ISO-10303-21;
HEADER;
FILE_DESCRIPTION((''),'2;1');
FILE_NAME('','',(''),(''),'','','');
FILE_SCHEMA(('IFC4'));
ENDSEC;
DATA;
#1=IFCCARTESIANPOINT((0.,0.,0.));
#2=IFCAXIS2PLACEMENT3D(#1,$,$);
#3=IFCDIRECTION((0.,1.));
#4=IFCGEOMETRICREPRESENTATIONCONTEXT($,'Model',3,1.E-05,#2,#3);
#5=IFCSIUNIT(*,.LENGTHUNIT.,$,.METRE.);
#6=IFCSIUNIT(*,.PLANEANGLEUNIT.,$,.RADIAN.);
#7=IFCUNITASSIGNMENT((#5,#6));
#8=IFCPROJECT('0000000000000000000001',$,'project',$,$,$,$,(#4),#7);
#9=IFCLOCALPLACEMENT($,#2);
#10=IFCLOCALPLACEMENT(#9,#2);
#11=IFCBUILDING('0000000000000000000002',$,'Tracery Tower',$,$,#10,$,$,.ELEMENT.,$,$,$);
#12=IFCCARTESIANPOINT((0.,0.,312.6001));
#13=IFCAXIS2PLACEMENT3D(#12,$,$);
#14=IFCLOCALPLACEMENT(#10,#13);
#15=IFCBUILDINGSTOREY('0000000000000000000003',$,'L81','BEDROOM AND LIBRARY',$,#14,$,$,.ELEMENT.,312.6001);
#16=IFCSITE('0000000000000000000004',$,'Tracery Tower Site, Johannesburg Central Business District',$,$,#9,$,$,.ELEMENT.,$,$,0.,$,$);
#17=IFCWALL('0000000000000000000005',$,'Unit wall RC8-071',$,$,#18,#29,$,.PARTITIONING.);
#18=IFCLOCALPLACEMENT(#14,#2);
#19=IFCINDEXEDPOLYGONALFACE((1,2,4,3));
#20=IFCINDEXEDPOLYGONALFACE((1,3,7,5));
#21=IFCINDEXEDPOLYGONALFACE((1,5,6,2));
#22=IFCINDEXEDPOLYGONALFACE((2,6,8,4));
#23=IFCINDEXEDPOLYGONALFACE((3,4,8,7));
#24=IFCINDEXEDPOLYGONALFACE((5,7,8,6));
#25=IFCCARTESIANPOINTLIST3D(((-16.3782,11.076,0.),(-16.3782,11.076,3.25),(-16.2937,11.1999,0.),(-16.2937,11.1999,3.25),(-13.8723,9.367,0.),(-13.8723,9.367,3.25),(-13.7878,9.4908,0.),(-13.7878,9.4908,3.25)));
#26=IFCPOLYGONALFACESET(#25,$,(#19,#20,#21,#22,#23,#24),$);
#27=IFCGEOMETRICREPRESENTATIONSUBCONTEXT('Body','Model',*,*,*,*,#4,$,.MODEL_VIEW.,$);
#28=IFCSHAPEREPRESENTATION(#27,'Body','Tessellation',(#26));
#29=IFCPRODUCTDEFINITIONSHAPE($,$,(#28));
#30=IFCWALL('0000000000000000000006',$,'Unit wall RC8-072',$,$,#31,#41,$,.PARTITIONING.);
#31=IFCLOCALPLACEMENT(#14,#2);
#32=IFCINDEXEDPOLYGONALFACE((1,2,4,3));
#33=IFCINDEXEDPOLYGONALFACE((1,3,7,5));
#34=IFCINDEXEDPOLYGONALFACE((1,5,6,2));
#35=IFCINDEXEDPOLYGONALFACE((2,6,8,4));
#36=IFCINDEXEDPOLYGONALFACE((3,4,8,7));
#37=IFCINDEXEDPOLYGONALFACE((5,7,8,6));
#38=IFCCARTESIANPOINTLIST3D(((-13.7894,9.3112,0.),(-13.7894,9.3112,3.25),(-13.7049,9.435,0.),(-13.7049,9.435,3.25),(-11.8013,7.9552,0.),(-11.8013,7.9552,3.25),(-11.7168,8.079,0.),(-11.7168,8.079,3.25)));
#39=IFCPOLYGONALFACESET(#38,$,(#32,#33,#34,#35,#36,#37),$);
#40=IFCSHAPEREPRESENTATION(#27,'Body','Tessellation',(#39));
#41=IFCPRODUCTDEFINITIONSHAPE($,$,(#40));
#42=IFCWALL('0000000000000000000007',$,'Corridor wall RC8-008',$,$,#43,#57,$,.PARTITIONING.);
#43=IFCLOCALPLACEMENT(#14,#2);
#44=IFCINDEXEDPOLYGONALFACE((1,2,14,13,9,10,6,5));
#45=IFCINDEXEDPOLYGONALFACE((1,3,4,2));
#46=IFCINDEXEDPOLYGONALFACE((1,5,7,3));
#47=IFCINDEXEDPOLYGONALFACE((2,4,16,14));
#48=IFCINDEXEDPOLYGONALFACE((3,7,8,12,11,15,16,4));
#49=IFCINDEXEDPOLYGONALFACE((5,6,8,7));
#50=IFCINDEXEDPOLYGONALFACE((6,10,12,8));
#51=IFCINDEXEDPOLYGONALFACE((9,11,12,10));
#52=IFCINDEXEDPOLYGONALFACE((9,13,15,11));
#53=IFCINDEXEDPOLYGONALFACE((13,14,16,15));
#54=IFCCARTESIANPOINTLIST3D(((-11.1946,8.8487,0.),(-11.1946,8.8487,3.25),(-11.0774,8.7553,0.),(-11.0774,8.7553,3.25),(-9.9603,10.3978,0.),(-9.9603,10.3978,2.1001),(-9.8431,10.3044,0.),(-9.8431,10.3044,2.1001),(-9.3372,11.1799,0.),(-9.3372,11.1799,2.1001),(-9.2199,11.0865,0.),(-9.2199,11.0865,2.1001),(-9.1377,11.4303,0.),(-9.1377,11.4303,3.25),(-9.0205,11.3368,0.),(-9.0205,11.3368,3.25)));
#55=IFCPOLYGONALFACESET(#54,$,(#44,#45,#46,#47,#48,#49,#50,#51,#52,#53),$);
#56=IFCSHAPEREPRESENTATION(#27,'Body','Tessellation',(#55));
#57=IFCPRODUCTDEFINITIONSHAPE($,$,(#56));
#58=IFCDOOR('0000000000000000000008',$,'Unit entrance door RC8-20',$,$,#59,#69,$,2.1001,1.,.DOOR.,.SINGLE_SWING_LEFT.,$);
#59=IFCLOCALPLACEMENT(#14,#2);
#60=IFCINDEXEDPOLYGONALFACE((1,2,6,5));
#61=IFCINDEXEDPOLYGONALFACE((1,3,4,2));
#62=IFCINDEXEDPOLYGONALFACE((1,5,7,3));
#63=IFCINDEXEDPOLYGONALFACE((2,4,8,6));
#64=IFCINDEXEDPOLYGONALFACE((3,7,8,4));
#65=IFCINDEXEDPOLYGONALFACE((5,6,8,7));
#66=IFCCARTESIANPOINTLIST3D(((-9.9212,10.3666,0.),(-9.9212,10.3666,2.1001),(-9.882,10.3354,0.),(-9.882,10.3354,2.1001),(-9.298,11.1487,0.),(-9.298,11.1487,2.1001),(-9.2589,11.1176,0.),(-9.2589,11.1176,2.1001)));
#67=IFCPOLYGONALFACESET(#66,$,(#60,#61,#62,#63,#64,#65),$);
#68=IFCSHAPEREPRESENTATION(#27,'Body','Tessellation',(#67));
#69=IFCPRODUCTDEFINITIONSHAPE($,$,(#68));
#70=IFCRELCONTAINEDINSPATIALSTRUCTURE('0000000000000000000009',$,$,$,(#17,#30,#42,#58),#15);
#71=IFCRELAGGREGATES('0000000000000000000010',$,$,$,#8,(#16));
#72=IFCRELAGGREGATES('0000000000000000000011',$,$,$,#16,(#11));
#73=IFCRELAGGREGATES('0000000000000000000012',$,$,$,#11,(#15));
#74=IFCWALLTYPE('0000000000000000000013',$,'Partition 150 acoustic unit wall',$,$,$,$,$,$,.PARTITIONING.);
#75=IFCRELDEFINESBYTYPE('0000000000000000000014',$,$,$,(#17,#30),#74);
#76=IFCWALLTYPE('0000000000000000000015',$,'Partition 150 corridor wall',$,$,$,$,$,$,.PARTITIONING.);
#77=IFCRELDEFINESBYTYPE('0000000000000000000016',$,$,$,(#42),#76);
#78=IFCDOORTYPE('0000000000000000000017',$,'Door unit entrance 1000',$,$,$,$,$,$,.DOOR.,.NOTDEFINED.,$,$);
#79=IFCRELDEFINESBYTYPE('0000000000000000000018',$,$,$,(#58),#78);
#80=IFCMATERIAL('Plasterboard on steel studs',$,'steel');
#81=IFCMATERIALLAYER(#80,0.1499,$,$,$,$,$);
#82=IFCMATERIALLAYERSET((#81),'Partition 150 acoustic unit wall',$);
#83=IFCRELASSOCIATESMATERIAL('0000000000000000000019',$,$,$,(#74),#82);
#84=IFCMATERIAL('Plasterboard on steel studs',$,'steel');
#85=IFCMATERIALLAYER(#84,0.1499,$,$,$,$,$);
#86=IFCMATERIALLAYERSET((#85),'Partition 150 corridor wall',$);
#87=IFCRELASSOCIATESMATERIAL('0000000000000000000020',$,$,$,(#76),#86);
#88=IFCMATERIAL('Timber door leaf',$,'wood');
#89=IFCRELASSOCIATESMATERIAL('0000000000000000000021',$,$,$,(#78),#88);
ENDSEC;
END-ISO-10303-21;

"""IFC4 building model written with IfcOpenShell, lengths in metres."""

from ifc_helpers import new_model, si_unit, direction, frame, frame_2d, origin, place, context, subcontext, project, spatial, rectangle, extrude, material, layer, layer_set, type_object, element, fill, save


model = new_model("IFC4")

# Units and contexts
model_context = context("Model", 3, precision=1e-05, world=origin(), true_north=direction((0.0, 1.0)))
body_context = subcontext(model_context, "Body", "Model", "MODEL_VIEW")
ifc_project = project(units=[si_unit("LENGTHUNIT", "METRE"), si_unit("PLANEANGLEUNIT", "RADIAN")], contexts=[model_context])

# Site, building, storey
site_placement = place(None, origin())
site = spatial("IfcSite", under=ifc_project, at=site_placement, Name="Tracery Tower Site, Johannesburg Central Business District", CompositionType="ELEMENT", RefElevation=0.0)
building_placement = place(site_placement, origin())
building = spatial("IfcBuilding", under=site, at=building_placement, Name="Tracery Tower", CompositionType="ELEMENT")
storey_placement = place(building_placement, frame((0.0, 0.0, 312.6001)))
storey = spatial("IfcBuildingStorey", under=building, at=storey_placement, Name="L81", Description="BEDROOM AND LIBRARY", CompositionType="ELEMENT", Elevation=312.6001)

# Walls
ifc_material_1 = material(Name="Plasterboard on steel studs", Category="steel")
ifc_layer_1 = layer(ifc_material_1, 0.1499)
ifc_layer_set_1 = layer_set([ifc_layer_1], Name="Partition 150 acoustic unit wall")
wall_type_1 = type_object("IfcWallType", Name="Partition 150 acoustic unit wall", PredefinedType="PARTITIONING", material=ifc_layer_set_1)
wall_1_placement = place(storey_placement, frame((-16.3359, 11.1379, 0.0), z_axis=(0.0, 0.0, 1.0), x_axis=(0.826159, -0.563437, 0.0)))
element("IfcWall", 1, at=wall_1_placement, inside=storey, type_object=wall_type_1, Name="Unit wall RC8-071", PredefinedType="PARTITIONING", context=body_context, shape_type="SweptSolid", body=[
    extrude(rectangle(XDim=3.0332, YDim=0.1499, at=frame_2d((1.5166, 0.0))), origin(), (0.0, 0.0, 1.0), 3.25),
])
wall_2_placement = place(storey_placement, frame((-13.7471, 9.373, 0.0), z_axis=(0.0, 0.0, 1.0), x_axis=(0.826135, -0.563472, 0.0)))
element("IfcWall", 2, at=wall_2_placement, inside=storey, type_object=wall_type_1, Name="Unit wall RC8-072", PredefinedType="PARTITIONING", context=body_context, shape_type="SweptSolid", body=[
    extrude(rectangle(XDim=2.4065, YDim=0.1499, at=frame_2d((1.2031, 0.0))), origin(), (0.0, 0.0, 1.0), 3.25),
])

# Wall, opening, door
ifc_material_2 = material(Name="Plasterboard on steel studs", Category="steel")
ifc_layer_2 = layer(ifc_material_2, 0.1499)
ifc_layer_set_2 = layer_set([ifc_layer_2], Name="Partition 150 corridor wall")
wall_type_2 = type_object("IfcWallType", Name="Partition 150 corridor wall", PredefinedType="PARTITIONING", material=ifc_layer_set_2)
wall_3_placement = place(storey_placement, frame((-11.136, 8.802, 0.0), z_axis=(0.0, 0.0, 1.0), x_axis=(0.623151, 0.782101, 0.0)))
wall_3 = element("IfcWall", 3, at=wall_3_placement, inside=storey, type_object=wall_type_2, Name="Corridor wall RC8-008", PredefinedType="PARTITIONING", context=body_context, shape_type="SweptSolid", body=[
    extrude(rectangle(XDim=3.3008, YDim=0.1499, at=frame_2d((1.6504, 0.0))), origin(), (0.0, 0.0, 1.0), 3.25),
])
opening_1_placement = place(wall_3_placement, frame((1.9807, 0.0, 0.0)))
opening_1 = element("IfcOpeningElement", 4, at=opening_1_placement, cuts=wall_3, PredefinedType="OPENING", context=body_context, shape_type="SweptSolid", body=[
    extrude(rectangle(XDim=1.0, YDim=2.1001, at=frame_2d((0.5, 1.05))), frame((0.0, 0.075, 0.0), z_axis=(0.0, -1.0, 0.0), x_axis=(1.0, 0.0, 0.0)), (0.0, 0.0, 1.0), 0.1499),
])
ifc_material_3 = material(Name="Timber door leaf", Category="wood")
door_type_1 = type_object("IfcDoorType", Name="Door unit entrance 1000", OperationType="NOTDEFINED", PredefinedType="DOOR", material=ifc_material_3)
door_1_placement = place(opening_1_placement, origin())
door_1 = element("IfcDoor", 5, at=door_1_placement, inside=storey, type_object=door_type_1, Name="Unit entrance door RC8-20", OperationType="SINGLE_SWING_LEFT", OverallHeight=2.1001, OverallWidth=1.0, PredefinedType="DOOR", context=body_context, shape_type="SweptSolid", body=[
    extrude(rectangle(XDim=1.0, YDim=2.1001, at=frame_2d((0.5, 1.05))), frame((0.0, 0.0249, 0.0), z_axis=(0.0, -1.0, 0.0), x_axis=(1.0, 0.0, 0.0)), (0.0, 0.0, 1.0), 0.05),
])
fill(opening_1, door_1)

save(model, "model.ifc")
